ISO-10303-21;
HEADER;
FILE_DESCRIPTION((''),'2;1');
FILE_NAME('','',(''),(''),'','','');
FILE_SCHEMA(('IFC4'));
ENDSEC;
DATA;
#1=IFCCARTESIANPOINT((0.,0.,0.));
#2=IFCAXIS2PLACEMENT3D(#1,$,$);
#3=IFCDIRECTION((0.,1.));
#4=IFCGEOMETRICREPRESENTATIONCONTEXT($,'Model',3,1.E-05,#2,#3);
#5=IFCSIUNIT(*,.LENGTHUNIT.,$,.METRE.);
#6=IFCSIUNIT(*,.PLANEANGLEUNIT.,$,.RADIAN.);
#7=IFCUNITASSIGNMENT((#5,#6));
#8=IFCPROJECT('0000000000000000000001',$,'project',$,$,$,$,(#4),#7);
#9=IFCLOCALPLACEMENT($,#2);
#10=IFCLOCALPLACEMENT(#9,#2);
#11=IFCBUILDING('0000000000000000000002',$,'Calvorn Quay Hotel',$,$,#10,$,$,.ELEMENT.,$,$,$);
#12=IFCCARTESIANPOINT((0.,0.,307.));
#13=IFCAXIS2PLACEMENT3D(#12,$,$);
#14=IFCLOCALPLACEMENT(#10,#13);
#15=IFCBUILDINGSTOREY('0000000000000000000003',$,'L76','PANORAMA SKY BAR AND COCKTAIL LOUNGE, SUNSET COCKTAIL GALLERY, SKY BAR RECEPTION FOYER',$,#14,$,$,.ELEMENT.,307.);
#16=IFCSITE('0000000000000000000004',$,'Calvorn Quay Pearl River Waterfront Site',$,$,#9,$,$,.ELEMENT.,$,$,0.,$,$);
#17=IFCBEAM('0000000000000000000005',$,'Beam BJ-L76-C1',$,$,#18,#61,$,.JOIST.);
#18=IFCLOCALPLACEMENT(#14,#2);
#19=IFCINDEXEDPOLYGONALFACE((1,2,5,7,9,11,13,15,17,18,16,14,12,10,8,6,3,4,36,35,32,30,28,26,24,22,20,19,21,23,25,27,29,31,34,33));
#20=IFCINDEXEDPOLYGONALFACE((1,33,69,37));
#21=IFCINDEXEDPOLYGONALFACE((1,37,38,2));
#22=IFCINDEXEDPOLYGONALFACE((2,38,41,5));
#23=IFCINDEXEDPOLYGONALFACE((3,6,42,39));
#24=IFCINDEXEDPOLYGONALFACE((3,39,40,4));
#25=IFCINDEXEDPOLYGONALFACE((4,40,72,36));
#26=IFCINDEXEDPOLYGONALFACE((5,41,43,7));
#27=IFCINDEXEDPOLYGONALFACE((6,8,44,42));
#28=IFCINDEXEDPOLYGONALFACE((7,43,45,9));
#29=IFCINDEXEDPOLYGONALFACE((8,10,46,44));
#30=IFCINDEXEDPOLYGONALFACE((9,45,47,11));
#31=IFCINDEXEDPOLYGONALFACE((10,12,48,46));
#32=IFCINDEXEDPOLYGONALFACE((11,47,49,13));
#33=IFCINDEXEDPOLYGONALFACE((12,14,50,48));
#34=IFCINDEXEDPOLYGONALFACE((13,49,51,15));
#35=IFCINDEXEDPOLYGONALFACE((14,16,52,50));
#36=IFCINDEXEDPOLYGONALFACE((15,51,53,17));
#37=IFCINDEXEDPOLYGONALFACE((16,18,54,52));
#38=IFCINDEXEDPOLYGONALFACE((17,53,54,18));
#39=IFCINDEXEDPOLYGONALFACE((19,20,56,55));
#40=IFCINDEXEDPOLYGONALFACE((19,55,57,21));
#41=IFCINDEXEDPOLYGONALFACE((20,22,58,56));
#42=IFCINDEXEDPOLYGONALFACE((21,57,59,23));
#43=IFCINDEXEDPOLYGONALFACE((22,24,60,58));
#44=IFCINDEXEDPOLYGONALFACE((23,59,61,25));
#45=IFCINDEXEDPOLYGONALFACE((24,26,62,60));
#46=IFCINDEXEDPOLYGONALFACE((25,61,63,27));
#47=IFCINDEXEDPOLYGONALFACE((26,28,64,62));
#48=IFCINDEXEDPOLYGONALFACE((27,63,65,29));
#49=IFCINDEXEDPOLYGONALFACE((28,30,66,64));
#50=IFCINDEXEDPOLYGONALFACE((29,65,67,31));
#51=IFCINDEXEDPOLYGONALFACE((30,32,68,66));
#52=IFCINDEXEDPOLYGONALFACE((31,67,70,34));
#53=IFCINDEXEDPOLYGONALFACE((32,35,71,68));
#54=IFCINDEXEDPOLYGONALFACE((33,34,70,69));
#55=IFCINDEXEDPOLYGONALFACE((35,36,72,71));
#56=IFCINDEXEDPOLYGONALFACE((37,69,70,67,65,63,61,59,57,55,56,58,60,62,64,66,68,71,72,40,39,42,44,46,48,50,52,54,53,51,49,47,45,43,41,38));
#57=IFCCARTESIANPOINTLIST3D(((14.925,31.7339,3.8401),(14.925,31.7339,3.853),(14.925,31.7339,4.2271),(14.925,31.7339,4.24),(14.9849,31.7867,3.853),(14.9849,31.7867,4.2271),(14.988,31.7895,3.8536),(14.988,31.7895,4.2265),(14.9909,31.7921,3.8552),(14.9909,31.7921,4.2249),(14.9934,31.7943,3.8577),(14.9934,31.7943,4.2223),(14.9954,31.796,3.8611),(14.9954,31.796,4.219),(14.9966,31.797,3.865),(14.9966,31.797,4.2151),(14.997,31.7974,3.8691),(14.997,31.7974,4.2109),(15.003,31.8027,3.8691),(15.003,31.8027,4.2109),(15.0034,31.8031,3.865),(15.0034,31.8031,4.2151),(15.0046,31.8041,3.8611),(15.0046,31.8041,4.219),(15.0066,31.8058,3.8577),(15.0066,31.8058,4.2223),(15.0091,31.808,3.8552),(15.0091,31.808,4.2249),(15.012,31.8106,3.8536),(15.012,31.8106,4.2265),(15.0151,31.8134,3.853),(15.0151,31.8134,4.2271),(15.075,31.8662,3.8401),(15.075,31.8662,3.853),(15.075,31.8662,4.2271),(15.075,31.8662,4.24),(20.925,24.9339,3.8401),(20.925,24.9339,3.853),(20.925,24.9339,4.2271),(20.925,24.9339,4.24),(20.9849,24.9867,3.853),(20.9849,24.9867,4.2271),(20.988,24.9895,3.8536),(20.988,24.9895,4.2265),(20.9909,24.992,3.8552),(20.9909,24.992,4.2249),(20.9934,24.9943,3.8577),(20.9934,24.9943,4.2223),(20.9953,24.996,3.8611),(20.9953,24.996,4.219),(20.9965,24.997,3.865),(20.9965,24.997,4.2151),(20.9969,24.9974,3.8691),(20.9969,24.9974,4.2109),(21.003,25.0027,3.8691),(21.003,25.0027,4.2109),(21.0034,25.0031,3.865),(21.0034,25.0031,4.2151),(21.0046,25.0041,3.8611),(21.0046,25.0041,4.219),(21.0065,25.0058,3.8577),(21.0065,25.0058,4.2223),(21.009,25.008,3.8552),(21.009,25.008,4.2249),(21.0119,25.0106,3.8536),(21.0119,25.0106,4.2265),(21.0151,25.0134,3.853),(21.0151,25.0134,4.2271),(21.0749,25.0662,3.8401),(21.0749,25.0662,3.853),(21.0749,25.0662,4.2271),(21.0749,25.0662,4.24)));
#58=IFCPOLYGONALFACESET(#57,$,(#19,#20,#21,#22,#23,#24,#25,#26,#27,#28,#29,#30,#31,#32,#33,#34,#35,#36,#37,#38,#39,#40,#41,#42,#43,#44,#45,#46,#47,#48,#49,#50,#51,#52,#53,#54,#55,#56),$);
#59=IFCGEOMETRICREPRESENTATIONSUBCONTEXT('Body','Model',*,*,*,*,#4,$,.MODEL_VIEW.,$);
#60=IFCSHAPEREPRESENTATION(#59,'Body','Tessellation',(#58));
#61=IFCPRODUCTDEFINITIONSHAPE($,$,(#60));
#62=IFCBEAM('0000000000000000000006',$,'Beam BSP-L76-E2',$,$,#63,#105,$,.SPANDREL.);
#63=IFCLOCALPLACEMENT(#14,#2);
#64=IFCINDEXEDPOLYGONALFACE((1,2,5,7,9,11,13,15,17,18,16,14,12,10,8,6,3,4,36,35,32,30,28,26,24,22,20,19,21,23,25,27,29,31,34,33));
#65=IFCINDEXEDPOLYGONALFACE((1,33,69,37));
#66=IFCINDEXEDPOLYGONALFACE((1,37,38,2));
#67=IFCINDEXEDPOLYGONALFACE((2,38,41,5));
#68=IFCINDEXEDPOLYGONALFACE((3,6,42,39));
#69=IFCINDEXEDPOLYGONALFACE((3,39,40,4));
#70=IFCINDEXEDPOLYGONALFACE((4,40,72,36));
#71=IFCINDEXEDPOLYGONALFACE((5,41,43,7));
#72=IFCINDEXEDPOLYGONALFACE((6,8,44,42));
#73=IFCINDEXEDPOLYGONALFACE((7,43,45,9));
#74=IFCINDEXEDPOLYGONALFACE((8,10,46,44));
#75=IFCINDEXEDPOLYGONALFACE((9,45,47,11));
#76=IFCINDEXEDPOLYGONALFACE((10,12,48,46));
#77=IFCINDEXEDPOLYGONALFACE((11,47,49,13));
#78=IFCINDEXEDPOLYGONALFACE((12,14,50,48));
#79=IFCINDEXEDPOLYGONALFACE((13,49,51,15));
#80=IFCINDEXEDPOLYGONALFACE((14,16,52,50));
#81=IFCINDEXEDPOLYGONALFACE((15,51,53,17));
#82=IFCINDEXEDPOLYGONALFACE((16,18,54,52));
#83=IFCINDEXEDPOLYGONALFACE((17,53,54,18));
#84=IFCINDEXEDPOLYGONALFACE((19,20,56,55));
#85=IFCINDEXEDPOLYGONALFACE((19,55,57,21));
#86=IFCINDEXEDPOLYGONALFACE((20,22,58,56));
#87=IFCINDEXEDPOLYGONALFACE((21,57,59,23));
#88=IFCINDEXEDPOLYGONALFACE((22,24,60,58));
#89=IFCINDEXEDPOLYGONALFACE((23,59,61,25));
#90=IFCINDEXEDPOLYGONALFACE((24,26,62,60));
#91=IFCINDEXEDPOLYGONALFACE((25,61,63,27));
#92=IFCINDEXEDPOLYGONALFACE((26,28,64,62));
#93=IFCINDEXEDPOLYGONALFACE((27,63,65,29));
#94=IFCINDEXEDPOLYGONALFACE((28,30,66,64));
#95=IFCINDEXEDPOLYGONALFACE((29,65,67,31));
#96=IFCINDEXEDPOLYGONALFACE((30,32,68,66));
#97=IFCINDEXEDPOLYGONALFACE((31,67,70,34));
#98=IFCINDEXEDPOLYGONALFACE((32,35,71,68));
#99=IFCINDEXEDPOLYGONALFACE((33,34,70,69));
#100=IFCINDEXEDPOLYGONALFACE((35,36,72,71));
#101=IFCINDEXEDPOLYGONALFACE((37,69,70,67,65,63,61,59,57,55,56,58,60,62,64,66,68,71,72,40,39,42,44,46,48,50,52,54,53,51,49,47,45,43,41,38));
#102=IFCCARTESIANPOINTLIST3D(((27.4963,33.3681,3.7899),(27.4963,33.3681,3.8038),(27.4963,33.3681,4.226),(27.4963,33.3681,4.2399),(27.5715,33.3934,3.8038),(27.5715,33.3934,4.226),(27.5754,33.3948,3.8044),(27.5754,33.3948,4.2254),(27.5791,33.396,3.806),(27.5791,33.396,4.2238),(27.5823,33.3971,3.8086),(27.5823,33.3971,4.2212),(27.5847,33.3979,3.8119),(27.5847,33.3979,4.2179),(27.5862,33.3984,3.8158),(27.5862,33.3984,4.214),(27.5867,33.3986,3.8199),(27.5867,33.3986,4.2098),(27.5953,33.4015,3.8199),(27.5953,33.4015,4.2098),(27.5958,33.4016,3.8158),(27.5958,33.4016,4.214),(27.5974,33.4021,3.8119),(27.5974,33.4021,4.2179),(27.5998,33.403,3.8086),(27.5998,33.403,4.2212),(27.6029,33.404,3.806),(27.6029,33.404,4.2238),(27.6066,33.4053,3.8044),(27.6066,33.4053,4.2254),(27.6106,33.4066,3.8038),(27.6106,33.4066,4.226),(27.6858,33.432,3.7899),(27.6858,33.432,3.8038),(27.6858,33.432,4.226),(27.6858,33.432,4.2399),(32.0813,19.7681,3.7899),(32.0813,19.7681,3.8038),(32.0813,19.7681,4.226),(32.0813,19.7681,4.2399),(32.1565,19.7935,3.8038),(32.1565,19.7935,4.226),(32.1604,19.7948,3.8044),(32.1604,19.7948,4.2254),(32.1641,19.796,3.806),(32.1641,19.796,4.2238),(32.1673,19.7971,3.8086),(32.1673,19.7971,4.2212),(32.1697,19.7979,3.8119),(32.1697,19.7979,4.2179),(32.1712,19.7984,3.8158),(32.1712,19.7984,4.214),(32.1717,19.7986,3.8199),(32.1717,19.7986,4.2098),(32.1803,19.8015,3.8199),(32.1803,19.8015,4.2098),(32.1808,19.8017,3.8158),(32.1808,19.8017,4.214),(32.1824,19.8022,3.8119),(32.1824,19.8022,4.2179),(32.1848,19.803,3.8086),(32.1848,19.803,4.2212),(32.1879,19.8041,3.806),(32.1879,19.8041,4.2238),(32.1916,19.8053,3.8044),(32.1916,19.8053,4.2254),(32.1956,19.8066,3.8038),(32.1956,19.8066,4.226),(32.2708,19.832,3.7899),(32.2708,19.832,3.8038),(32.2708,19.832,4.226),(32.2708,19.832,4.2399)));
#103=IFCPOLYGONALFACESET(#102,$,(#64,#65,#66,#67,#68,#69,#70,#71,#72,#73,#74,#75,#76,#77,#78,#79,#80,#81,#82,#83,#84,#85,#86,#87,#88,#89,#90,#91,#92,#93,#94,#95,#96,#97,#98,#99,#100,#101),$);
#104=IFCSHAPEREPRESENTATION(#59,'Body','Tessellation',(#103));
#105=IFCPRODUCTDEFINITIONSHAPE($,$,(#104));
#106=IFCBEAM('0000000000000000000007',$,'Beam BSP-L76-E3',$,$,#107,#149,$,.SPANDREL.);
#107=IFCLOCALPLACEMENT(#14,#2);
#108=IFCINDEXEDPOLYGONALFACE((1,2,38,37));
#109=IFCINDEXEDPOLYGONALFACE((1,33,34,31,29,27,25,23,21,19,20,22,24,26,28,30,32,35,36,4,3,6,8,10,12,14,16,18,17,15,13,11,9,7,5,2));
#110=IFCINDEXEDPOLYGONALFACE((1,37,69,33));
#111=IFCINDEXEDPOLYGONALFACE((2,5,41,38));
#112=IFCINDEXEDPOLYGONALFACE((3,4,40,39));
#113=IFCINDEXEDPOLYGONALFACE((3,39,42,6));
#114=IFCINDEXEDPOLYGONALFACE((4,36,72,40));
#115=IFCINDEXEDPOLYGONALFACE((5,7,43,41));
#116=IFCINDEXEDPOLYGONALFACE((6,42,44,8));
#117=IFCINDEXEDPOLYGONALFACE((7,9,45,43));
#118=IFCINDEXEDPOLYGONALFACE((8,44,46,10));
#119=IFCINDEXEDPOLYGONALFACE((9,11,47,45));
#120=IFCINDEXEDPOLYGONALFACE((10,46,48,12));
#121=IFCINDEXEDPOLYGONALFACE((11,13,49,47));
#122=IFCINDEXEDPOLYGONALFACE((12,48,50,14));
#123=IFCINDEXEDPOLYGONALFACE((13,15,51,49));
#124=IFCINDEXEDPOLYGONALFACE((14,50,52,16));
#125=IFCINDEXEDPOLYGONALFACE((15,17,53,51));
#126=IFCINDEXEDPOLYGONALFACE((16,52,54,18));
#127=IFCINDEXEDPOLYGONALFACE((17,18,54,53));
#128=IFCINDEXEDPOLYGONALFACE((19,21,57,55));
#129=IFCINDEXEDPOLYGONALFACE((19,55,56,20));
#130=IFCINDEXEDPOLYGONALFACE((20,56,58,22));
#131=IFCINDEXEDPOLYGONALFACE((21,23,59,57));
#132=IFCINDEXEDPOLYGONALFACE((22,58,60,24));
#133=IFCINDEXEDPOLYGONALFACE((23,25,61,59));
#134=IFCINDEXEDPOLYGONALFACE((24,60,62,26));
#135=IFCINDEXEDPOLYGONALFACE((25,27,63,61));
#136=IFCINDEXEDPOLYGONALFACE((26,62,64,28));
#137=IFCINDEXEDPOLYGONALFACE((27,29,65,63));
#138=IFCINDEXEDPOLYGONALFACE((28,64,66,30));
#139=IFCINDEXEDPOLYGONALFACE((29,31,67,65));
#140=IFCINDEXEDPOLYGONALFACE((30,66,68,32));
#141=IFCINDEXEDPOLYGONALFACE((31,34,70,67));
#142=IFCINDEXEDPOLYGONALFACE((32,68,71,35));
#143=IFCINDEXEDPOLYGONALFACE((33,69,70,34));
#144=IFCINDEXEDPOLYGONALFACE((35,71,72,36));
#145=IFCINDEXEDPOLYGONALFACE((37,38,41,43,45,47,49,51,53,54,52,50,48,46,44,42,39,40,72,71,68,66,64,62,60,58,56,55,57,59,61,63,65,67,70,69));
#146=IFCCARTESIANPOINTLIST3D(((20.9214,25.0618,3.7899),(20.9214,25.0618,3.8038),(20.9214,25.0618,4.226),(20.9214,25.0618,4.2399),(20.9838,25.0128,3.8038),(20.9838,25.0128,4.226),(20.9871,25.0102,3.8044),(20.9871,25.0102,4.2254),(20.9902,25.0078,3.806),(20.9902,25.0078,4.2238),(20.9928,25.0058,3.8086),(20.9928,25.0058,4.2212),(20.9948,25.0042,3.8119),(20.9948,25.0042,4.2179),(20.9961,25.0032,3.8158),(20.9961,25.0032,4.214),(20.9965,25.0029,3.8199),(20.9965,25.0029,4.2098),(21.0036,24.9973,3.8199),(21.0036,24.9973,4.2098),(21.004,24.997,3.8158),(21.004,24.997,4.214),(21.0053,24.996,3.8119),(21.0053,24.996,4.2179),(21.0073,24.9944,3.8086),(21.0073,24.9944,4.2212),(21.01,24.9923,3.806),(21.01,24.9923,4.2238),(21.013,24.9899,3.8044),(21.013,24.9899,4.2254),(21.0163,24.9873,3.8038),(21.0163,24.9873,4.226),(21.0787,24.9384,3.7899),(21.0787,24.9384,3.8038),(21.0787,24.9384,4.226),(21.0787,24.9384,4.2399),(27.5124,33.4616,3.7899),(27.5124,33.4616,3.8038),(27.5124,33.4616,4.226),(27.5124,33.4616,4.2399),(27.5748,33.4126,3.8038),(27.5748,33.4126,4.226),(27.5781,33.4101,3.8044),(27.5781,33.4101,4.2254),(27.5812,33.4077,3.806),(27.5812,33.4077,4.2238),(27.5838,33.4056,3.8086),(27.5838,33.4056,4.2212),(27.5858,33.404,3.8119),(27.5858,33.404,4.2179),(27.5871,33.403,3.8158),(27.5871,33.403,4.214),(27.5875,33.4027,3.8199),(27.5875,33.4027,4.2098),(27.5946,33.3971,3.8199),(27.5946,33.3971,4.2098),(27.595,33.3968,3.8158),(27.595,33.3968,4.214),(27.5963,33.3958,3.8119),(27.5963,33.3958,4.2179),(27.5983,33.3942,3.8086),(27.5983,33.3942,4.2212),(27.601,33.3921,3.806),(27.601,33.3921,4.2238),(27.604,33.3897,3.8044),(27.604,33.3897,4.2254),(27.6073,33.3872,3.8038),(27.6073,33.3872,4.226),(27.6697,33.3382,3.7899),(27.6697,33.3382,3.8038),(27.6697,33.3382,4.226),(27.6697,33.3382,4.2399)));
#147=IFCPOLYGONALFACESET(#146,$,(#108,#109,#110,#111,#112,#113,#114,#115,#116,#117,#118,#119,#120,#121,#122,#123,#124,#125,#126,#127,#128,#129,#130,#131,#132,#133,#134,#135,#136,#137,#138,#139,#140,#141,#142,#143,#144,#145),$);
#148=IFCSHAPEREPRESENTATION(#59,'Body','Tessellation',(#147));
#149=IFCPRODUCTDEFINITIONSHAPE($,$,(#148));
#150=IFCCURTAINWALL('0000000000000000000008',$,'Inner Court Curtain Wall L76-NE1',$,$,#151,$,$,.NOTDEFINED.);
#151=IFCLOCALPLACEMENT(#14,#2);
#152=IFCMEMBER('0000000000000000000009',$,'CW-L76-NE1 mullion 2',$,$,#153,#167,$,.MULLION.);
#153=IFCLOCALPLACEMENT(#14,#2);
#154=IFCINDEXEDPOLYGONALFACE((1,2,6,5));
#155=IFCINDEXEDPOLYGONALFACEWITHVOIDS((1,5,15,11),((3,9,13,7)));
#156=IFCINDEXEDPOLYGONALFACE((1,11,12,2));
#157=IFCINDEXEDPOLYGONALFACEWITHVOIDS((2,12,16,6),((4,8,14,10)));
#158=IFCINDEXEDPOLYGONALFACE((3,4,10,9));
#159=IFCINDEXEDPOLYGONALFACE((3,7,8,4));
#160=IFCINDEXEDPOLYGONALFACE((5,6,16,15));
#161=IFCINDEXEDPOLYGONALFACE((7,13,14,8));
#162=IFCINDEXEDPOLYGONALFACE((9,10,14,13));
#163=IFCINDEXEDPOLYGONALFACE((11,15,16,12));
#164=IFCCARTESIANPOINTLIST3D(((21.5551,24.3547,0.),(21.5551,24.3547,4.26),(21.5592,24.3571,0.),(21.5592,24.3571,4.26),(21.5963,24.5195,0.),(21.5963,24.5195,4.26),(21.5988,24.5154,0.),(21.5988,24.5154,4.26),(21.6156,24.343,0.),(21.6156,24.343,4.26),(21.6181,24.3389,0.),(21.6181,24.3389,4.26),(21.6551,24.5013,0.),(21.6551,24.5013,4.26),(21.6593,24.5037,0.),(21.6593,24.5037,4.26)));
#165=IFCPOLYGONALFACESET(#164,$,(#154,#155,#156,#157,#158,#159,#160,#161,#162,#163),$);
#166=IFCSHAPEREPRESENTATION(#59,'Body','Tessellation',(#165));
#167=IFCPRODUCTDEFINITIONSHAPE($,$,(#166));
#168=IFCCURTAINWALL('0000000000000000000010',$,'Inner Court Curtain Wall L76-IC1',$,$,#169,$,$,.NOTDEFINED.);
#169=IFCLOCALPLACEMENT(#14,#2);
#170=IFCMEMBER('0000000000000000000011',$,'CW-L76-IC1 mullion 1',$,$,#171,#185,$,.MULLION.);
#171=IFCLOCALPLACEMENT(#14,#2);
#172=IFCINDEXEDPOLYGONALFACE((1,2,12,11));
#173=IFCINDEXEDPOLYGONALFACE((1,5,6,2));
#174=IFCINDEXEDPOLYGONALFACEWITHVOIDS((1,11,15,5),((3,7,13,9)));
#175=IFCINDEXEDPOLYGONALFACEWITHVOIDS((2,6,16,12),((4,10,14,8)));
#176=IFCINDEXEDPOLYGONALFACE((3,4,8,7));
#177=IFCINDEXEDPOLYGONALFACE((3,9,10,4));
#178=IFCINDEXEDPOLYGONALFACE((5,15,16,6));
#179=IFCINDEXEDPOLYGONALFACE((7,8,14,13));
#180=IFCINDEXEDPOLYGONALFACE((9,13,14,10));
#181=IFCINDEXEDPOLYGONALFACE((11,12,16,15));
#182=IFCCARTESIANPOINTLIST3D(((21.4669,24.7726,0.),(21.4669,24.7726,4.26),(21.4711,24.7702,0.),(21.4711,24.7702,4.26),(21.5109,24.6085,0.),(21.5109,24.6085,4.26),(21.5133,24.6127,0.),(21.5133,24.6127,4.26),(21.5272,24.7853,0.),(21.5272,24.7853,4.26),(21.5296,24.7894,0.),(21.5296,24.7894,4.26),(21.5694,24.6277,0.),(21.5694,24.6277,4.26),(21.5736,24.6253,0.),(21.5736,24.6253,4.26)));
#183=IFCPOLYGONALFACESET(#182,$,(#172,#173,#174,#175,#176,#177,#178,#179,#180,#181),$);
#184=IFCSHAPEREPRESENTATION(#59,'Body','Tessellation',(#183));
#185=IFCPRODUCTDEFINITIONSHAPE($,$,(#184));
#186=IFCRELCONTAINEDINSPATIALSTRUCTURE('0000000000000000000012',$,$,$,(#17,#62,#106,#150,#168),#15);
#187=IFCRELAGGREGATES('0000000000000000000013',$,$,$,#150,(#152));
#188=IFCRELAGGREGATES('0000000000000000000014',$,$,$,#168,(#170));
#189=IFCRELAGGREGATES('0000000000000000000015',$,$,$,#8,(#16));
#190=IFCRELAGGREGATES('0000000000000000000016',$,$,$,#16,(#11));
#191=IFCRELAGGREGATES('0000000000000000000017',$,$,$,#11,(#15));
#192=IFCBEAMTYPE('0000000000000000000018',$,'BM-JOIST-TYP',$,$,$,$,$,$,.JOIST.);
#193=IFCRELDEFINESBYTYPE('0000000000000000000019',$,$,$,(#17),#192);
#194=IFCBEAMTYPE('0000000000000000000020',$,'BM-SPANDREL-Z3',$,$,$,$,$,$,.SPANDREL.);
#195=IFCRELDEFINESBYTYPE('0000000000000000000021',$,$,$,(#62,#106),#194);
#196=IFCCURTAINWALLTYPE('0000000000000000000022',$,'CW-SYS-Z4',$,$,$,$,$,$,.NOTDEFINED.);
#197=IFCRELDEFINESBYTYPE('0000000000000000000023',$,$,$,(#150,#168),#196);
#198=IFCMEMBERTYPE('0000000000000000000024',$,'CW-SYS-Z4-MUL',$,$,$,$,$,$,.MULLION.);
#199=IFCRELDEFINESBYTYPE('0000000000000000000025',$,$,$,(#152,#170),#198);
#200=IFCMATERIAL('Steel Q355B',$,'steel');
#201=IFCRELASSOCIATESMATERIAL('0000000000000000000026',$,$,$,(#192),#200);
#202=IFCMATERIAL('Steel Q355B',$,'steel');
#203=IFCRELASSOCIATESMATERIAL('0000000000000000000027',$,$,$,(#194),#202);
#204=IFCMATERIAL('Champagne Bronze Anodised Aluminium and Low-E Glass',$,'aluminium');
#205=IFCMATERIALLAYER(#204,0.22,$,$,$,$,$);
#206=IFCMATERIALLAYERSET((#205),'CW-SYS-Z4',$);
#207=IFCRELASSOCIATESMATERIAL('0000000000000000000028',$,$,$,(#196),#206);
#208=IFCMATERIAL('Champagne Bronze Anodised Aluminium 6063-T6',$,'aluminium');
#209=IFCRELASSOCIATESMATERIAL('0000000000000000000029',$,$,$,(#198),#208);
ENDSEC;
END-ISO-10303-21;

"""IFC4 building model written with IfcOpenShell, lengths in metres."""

from ifc_helpers import new_model, si_unit, direction, frame, origin, origin_2d, place, context, subcontext, project, spatial, hollow_rectangle, i_section, extrude, material, layer, layer_set, material_profile, profile_set, type_object, element, aggregate, save


model = new_model("IFC4")

# Units and contexts
model_context = context("Model", 3, precision=1e-05, world=origin(), true_north=direction((0.0, 1.0)))
body_context = subcontext(model_context, "Body", "Model", "MODEL_VIEW")
ifc_project = project(units=[si_unit("LENGTHUNIT", "METRE"), si_unit("PLANEANGLEUNIT", "RADIAN")], contexts=[model_context])

# Site, building, storey
site_placement = place(None, origin())
site = spatial("IfcSite", under=ifc_project, at=site_placement, Name="Calvorn Quay Pearl River Waterfront Site", CompositionType="ELEMENT", RefElevation=0.0)
building_placement = place(site_placement, origin())
building = spatial("IfcBuilding", under=site, at=building_placement, Name="Calvorn Quay Hotel", CompositionType="ELEMENT")
storey_placement = place(building_placement, frame((0.0, 0.0, 307.0)))
storey = spatial("IfcBuildingStorey", under=building, at=storey_placement, Name="L76", Description="PANORAMA SKY BAR AND COCKTAIL LOUNGE, SUNSET COCKTAIL GALLERY, SKY BAR RECEPTION FOYER", CompositionType="ELEMENT", Elevation=307.0)

# Beams
ifc_material_1 = material(Name="Steel Q355B", Category="steel")
ifc_material_profile_1 = material_profile(ifc_material_1, i_section(OverallWidth=0.2, OverallDepth=0.3999, WebThickness=0.0081, FlangeThickness=0.0129, FilletRadius=0.0161, at=origin_2d()), Name="HN400x200x8x13")
ifc_profile_set_1 = profile_set([ifc_material_profile_1], Name="Steel Q355B")
beam_type_1 = type_object("IfcBeamType", Name="BM-JOIST-TYP", PredefinedType="JOIST", material=ifc_profile_set_1)
beam_1_placement = place(storey_placement, frame((15.0, 31.8, 4.04), z_axis=(0.661619, -0.74984, 0.0), x_axis=(0.74984, 0.661619, 0.0)))
element("IfcBeam", 1, at=beam_1_placement, inside=storey, type_object=beam_type_1, Name="Beam BJ-L76-C1", PredefinedType="JOIST", context=body_context, shape_type="SweptSolid", body=[
    extrude(i_section(OverallWidth=0.2, OverallDepth=0.3999, WebThickness=0.0081, FlangeThickness=0.0129, FilletRadius=0.0161, at=origin_2d()), origin(), (0.0, 0.0, 1.0), 9.0686),
])
ifc_material_2 = material(Name="Steel Q355B", Category="steel")
ifc_material_profile_2 = material_profile(ifc_material_2, i_section(OverallWidth=0.2, OverallDepth=0.45, WebThickness=0.009, FlangeThickness=0.0139, FilletRadius=0.0161, at=origin_2d()), Name="HN450x200x9x14")
ifc_profile_set_2 = profile_set([ifc_material_profile_2], Name="Steel Q355B")
beam_type_2 = type_object("IfcBeamType", Name="BM-SPANDREL-Z3", PredefinedType="SPANDREL", material=ifc_profile_set_2)
beam_2_placement = place(storey_placement, frame((32.176, 19.8, 4.0149), z_axis=(-0.319467, 0.947598, 0.0), x_axis=(-0.947598, -0.319467, 0.0)))
element("IfcBeam", 2, at=beam_2_placement, inside=storey, type_object=beam_type_2, Name="Beam BSP-L76-E2", PredefinedType="SPANDREL", context=body_context, shape_type="SweptSolid", body=[
    extrude(i_section(OverallWidth=0.2, OverallDepth=0.45, WebThickness=0.009, FlangeThickness=0.0139, FilletRadius=0.0161, at=origin_2d()), origin(), (0.0, 0.0, 1.0), 14.3521),
])
beam_3_placement = place(storey_placement, frame((27.5911, 33.3999, 4.0149), z_axis=(-0.617308, -0.786721, 0.0), x_axis=(0.786721, -0.617308, 0.0)))
element("IfcBeam", 3, at=beam_3_placement, inside=storey, type_object=beam_type_2, Name="Beam BSP-L76-E3", PredefinedType="SPANDREL", context=body_context, shape_type="SweptSolid", body=[
    extrude(i_section(OverallWidth=0.2, OverallDepth=0.45, WebThickness=0.009, FlangeThickness=0.0139, FilletRadius=0.0161, at=origin_2d()), origin(), (0.0, 0.0, 1.0), 10.677),
])

# Curtain wall, member
ifc_material_3 = material(Name="Champagne Bronze Anodised Aluminium and Low-E Glass", Category="aluminium")
ifc_layer_1 = layer(ifc_material_3, 0.22)
ifc_layer_set_1 = layer_set([ifc_layer_1], Name="CW-SYS-Z4")
curtain_wall_type = type_object("IfcCurtainWallType", Name="CW-SYS-Z4", PredefinedType="NOTDEFINED", material=ifc_layer_set_1)
curtain_wall_1_placement = place(storey_placement, origin())
curtain_wall_1 = element("IfcCurtainWall", 4, at=curtain_wall_1_placement, inside=storey, type_object=curtain_wall_type, Name="Inner Court Curtain Wall L76-NE1", PredefinedType="NOTDEFINED")
ifc_material_4 = material(Name="Champagne Bronze Anodised Aluminium 6063-T6", Category="aluminium")
ifc_material_profile_3 = material_profile(ifc_material_4, hollow_rectangle(XDim=0.0649, YDim=0.1699, WallThickness=0.0034, at=origin_2d()), Name="ALU-M170x65x3.5")
ifc_profile_set_3 = profile_set([ifc_material_profile_3], Name="Champagne Bronze Anodised Aluminium 6063-T6")
member_type_1 = type_object("IfcMemberType", Name="CW-SYS-Z4-MUL", PredefinedType="MULLION", material=ifc_profile_set_3)
member_1_placement = place(storey_placement, frame((21.6072, 24.4292, 0.0), z_axis=(0.0, 0.0, 1.0), x_axis=(0.970143, -0.242536, 0.0)))
member_1 = element("IfcMember", 5, at=member_1_placement, type_object=member_type_1, Name="CW-L76-NE1 mullion 2", PredefinedType="MULLION", context=body_context, shape_type="SweptSolid", body=[
    extrude(hollow_rectangle(XDim=0.0649, YDim=0.1699, WallThickness=0.0034, at=origin_2d()), origin(), (0.0, 0.0, 1.0), 4.26),
])

# Curtain wall, member
curtain_wall_2_placement = place(storey_placement, origin())
curtain_wall_2 = element("IfcCurtainWall", 6, at=curtain_wall_2_placement, inside=storey, type_object=curtain_wall_type, Name="Inner Court Curtain Wall L76-IC1", PredefinedType="NOTDEFINED")
member_2_placement = place(storey_placement, frame((21.5203, 24.699, 0.0), z_axis=(0.0, 0.0, 1.0), x_axis=(-0.965937, -0.258779, 0.0)))
member_2 = element("IfcMember", 7, at=member_2_placement, type_object=member_type_1, Name="CW-L76-IC1 mullion 1", PredefinedType="MULLION", context=body_context, shape_type="SweptSolid", body=[
    extrude(hollow_rectangle(XDim=0.0649, YDim=0.1699, WallThickness=0.0034, at=origin_2d()), origin(), (0.0, 0.0, 1.0), 4.26),
])

aggregate(curtain_wall_1, [member_1])
aggregate(curtain_wall_2, [member_2])

save(model, "model.ifc")
